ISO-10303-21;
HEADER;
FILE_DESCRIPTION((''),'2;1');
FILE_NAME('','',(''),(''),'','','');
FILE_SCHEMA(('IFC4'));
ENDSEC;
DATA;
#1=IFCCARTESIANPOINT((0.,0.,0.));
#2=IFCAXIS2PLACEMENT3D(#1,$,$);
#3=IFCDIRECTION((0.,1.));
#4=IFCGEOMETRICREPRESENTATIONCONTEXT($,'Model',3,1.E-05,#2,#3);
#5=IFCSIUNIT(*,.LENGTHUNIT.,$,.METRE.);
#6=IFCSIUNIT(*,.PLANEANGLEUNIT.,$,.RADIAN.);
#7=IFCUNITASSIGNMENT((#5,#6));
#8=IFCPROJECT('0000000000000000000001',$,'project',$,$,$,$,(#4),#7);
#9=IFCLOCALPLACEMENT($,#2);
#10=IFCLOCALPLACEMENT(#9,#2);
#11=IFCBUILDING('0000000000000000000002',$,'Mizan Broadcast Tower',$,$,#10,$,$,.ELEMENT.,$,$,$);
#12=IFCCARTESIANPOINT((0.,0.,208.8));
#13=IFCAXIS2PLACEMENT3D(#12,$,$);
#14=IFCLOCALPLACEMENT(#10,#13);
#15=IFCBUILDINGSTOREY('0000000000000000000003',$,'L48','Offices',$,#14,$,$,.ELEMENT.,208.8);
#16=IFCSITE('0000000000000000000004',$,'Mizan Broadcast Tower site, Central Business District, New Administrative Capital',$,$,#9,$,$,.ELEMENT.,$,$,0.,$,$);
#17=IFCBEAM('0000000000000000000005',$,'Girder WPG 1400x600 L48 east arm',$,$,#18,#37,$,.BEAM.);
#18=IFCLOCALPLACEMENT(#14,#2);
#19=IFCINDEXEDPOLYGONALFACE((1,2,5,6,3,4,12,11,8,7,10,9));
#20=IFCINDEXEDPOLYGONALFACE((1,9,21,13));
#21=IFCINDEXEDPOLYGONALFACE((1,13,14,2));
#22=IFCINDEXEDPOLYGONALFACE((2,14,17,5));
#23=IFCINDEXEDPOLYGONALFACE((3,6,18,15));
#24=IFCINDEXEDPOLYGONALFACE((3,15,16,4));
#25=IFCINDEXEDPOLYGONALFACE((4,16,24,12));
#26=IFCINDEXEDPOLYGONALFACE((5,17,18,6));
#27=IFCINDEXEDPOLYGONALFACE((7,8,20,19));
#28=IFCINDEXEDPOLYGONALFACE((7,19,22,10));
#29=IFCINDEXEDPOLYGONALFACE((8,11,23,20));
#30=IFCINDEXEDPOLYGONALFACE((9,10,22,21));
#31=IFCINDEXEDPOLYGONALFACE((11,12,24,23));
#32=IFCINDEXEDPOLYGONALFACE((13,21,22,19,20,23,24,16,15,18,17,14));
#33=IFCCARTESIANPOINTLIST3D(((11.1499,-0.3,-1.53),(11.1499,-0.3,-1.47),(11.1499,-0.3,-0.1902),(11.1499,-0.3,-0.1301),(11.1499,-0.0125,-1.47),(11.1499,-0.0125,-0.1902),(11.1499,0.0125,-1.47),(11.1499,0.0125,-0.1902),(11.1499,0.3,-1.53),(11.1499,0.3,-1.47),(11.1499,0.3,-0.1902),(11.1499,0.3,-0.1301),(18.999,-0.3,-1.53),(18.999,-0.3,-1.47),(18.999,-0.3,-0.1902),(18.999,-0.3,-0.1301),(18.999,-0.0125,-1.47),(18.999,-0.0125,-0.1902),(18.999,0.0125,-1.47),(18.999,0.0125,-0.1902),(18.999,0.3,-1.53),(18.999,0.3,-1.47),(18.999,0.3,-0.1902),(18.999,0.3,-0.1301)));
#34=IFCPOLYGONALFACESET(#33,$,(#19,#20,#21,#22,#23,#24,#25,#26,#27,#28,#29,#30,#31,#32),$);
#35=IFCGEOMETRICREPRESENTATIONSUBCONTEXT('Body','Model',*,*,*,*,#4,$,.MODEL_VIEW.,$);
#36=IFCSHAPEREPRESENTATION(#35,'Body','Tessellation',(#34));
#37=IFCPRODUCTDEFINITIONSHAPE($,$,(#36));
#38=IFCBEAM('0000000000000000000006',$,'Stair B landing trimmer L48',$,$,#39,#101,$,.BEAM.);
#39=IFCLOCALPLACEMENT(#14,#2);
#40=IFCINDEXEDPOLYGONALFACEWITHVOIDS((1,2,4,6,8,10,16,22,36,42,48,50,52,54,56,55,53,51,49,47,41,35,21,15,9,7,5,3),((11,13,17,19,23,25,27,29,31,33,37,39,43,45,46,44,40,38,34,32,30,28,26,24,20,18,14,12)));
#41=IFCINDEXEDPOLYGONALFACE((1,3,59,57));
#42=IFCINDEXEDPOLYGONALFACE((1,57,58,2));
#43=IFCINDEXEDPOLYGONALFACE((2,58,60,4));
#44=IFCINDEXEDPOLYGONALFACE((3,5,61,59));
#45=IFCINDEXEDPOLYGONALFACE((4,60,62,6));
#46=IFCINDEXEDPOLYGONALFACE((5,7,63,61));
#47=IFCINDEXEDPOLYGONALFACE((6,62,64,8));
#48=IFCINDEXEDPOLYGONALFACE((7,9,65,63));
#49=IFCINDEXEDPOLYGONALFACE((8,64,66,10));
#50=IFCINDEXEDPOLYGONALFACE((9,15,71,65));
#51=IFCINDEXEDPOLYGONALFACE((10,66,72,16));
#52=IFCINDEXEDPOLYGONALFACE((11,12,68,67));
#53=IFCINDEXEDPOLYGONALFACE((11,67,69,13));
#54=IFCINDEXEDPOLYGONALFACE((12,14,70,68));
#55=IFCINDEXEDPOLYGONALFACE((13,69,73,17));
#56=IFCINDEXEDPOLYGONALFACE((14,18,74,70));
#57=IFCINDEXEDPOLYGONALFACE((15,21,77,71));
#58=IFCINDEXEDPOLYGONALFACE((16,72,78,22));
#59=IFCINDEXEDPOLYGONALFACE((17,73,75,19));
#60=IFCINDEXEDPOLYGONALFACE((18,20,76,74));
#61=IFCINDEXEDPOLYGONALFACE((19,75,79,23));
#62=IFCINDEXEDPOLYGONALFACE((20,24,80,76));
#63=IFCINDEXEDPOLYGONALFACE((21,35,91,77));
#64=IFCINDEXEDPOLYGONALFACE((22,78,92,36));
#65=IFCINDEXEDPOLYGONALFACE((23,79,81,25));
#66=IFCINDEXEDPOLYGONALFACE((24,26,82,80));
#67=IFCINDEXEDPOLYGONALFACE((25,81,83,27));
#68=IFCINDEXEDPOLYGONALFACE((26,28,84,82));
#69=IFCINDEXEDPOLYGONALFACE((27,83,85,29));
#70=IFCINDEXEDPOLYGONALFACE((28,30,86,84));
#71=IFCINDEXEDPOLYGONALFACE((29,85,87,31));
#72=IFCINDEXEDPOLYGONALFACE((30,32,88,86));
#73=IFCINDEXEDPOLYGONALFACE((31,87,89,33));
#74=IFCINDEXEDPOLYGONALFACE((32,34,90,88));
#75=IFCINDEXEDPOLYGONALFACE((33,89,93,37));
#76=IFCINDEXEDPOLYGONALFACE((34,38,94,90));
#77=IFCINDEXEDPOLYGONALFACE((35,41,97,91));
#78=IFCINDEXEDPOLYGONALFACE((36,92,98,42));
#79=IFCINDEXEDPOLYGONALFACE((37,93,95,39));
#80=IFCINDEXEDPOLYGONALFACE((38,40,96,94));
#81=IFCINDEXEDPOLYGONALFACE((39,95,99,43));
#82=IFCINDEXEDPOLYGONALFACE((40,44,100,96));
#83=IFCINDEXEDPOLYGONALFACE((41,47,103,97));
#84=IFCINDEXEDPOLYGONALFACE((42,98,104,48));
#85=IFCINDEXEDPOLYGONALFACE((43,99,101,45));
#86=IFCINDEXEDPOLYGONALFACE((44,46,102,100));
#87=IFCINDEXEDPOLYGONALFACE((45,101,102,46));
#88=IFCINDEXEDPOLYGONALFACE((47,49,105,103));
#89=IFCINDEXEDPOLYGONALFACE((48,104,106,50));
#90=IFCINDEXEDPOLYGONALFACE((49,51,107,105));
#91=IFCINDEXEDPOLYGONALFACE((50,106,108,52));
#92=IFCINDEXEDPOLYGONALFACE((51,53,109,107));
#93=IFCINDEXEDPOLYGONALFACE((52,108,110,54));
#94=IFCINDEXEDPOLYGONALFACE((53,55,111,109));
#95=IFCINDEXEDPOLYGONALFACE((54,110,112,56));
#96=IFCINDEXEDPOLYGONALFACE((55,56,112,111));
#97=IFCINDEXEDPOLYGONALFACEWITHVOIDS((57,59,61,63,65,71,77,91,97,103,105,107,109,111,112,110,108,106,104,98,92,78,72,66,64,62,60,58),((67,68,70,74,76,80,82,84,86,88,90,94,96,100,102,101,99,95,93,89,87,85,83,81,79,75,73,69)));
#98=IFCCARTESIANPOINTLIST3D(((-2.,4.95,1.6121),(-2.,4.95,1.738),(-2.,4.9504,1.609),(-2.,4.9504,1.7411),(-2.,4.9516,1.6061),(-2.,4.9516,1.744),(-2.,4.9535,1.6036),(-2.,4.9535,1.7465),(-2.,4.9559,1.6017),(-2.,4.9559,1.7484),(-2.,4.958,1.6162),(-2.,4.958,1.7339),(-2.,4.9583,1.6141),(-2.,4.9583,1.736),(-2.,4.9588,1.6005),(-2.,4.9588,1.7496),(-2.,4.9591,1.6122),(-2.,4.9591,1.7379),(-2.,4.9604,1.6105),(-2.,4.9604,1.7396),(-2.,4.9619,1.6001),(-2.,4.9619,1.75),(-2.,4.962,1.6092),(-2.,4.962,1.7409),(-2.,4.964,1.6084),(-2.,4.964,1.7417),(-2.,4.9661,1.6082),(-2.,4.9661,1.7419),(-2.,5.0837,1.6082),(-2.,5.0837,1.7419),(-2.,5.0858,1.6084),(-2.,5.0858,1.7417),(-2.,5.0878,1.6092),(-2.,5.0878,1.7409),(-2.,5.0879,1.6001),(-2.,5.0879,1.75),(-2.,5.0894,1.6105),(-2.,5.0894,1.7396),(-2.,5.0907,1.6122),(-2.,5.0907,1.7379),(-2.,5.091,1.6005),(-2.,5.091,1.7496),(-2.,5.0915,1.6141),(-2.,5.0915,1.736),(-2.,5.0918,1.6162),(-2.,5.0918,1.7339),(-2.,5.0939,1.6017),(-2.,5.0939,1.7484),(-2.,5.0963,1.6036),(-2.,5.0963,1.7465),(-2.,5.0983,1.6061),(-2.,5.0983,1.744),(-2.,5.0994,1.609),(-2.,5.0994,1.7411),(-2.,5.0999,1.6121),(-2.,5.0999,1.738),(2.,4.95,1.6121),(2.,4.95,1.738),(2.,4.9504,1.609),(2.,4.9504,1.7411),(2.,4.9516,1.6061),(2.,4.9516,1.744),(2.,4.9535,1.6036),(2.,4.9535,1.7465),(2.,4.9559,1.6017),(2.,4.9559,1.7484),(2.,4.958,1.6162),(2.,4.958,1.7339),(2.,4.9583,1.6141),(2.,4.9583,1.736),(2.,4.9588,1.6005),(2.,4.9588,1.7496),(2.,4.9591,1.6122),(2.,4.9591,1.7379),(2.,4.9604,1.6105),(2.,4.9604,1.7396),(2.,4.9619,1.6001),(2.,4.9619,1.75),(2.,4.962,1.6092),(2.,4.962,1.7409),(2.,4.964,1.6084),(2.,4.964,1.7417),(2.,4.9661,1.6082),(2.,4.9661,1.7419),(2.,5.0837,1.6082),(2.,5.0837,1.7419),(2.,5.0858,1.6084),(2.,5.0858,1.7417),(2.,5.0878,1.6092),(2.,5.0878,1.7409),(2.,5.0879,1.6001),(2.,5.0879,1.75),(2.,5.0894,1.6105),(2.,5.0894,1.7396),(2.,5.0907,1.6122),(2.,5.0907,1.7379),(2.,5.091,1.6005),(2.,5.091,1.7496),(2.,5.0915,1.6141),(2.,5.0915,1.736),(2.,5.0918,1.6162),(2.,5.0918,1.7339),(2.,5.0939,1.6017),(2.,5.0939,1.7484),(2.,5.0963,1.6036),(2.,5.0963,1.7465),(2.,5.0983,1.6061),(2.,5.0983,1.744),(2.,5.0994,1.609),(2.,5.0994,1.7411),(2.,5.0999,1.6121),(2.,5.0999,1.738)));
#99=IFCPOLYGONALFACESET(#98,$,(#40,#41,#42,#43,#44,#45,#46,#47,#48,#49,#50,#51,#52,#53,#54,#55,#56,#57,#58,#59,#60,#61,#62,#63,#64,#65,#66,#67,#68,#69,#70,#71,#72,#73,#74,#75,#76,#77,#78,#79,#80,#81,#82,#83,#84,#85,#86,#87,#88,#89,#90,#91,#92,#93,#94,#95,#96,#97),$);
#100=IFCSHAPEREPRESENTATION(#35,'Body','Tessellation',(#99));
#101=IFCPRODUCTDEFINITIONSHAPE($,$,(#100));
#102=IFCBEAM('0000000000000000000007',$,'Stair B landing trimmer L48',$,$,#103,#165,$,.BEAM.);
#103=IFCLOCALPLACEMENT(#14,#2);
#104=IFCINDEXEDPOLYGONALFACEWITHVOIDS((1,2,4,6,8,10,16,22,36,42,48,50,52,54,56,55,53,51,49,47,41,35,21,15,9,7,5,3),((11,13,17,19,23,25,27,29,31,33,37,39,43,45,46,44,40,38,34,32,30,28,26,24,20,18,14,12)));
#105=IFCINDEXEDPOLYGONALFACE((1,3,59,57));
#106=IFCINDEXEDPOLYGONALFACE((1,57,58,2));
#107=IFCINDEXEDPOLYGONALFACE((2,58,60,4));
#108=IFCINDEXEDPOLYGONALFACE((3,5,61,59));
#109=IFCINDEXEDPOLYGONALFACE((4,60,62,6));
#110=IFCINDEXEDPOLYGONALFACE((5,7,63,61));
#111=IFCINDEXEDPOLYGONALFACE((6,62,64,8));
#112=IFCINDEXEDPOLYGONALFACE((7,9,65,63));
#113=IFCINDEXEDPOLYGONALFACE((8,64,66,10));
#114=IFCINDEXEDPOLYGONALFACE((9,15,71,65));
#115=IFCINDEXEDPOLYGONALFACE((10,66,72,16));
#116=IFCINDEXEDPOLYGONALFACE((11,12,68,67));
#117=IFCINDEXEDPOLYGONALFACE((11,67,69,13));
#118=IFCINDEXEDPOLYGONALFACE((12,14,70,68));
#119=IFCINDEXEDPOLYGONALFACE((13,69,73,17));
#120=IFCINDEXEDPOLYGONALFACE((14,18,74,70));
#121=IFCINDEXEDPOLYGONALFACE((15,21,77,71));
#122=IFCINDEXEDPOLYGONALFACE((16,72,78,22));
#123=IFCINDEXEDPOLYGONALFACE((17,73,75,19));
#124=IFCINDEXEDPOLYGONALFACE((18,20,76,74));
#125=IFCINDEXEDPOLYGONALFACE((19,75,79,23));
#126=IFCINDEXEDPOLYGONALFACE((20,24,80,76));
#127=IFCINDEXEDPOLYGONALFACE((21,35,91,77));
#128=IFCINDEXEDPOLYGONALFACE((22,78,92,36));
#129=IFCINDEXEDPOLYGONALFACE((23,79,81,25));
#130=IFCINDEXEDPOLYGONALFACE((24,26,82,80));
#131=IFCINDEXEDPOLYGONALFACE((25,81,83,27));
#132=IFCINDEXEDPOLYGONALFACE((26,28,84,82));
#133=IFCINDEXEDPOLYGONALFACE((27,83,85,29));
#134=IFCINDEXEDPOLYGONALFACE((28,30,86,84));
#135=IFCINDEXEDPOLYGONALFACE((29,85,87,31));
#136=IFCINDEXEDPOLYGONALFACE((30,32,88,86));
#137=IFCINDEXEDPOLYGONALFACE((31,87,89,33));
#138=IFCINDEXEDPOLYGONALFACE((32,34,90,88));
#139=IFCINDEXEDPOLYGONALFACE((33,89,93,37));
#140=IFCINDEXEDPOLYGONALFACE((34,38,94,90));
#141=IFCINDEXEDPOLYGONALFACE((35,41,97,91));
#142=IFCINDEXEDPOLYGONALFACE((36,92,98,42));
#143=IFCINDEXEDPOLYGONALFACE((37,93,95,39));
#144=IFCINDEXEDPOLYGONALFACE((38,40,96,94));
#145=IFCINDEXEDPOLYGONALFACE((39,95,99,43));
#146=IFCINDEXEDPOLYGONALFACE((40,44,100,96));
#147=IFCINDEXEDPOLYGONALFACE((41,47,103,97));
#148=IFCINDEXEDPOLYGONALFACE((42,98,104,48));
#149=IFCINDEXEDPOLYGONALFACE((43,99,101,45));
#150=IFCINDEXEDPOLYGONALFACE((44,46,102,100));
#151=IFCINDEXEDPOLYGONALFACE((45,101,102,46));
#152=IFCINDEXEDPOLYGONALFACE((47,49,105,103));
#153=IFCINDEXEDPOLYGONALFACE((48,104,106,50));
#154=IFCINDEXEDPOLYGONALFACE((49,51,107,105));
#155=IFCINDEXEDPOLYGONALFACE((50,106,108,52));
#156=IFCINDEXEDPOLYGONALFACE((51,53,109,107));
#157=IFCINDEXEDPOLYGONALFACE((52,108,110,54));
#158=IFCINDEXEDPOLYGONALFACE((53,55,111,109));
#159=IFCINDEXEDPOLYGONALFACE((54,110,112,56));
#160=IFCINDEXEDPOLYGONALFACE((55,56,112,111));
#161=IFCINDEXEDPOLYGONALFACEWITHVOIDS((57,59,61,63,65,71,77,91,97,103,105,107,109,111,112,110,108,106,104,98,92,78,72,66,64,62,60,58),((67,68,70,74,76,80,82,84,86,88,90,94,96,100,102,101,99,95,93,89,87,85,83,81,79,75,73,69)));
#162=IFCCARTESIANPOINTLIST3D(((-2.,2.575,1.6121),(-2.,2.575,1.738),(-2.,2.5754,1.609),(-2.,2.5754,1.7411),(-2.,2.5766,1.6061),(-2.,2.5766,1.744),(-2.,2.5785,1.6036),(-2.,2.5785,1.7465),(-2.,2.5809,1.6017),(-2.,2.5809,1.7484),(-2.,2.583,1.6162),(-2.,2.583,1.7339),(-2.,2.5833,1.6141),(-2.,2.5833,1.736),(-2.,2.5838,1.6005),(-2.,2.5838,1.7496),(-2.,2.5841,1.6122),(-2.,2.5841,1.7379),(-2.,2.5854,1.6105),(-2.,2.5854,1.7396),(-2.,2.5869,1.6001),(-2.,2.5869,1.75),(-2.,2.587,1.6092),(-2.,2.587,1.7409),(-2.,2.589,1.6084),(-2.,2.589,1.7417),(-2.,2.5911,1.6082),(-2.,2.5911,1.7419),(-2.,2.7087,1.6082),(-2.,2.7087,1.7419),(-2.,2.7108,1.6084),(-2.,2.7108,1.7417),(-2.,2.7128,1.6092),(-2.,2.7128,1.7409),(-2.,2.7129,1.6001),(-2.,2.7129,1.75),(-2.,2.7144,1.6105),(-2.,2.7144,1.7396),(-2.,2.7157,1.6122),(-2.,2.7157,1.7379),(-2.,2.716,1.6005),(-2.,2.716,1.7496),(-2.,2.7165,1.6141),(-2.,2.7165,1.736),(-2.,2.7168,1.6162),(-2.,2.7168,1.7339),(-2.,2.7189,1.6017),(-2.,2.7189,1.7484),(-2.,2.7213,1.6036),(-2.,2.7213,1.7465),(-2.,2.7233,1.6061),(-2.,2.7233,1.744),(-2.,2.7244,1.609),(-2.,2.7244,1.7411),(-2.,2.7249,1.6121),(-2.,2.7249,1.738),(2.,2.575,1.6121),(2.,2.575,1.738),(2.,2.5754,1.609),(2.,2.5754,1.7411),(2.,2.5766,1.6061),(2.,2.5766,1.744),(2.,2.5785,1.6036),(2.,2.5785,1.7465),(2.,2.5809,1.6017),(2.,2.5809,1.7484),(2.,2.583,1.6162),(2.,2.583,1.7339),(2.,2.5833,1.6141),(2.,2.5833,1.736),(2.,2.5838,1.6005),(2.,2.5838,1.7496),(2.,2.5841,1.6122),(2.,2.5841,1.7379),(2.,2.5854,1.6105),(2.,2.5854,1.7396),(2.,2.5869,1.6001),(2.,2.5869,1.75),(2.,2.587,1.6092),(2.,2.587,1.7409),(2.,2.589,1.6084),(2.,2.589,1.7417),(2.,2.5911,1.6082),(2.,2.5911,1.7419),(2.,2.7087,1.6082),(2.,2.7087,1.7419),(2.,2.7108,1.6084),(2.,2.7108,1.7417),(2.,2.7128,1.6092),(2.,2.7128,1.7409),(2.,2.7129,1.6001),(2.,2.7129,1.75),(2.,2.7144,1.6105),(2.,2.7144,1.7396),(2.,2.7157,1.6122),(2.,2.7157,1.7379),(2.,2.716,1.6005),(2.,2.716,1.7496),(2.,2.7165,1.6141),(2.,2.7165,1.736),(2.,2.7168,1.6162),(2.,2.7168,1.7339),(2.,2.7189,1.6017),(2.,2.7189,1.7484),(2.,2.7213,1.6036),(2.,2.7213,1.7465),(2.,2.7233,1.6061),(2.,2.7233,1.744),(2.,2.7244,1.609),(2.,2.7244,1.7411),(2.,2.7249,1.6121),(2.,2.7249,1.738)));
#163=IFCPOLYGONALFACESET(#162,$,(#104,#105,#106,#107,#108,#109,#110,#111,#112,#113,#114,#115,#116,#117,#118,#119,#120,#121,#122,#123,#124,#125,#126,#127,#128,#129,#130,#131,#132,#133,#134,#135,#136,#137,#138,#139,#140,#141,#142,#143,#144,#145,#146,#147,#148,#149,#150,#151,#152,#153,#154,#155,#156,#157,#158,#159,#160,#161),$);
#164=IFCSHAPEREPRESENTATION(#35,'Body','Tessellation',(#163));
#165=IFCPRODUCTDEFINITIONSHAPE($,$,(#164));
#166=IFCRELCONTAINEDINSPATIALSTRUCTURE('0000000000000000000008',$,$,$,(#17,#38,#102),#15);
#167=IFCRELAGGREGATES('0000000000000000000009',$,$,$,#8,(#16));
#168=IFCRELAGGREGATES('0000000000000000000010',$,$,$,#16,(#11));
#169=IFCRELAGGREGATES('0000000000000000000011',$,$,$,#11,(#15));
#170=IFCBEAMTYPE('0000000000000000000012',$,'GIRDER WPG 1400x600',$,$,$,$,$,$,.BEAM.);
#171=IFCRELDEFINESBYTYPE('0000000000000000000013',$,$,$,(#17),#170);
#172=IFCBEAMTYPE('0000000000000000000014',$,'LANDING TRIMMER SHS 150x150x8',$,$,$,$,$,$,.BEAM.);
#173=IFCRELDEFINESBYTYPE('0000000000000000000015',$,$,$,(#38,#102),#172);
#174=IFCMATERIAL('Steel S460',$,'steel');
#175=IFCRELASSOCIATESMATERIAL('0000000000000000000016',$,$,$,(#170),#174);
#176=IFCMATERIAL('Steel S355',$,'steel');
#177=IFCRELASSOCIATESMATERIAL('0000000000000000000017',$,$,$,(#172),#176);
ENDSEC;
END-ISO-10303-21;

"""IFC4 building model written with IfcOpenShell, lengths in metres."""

from ifc_helpers import new_model, si_unit, direction, frame, origin, origin_2d, place, context, subcontext, project, spatial, hollow_rectangle, i_section, extrude, material, material_profile, profile_set, type_object, element, save


model = new_model("IFC4")

# Units and contexts
model_context = context("Model", 3, precision=1e-05, world=origin(), true_north=direction((0.0, 1.0)))
body_context = subcontext(model_context, "Body", "Model", "MODEL_VIEW")
ifc_project = project(units=[si_unit("LENGTHUNIT", "METRE"), si_unit("PLANEANGLEUNIT", "RADIAN")], contexts=[model_context])

# Site, building, storey
site_placement = place(None, origin())
site = spatial("IfcSite", under=ifc_project, at=site_placement, Name="Mizan Broadcast Tower site, Central Business District, New Administrative Capital", CompositionType="ELEMENT", RefElevation=0.0)
building_placement = place(site_placement, origin())
building = spatial("IfcBuilding", under=site, at=building_placement, Name="Mizan Broadcast Tower", CompositionType="ELEMENT")
storey_placement = place(building_placement, frame((0.0, 0.0, 208.8)))
storey = spatial("IfcBuildingStorey", under=building, at=storey_placement, Name="L48", Description="Offices", CompositionType="ELEMENT", Elevation=208.8)

# Beams
ifc_material_1 = material(Name="Steel S460", Category="steel")
ifc_material_profile_1 = material_profile(ifc_material_1, i_section(OverallWidth=0.6001, OverallDepth=1.3999, WebThickness=0.0249, FlangeThickness=0.0601, at=origin_2d()), Name="WPG 1400x600")
ifc_profile_set_1 = profile_set([ifc_material_profile_1], Name="Steel S460")
beam_type_1 = type_object("IfcBeamType", Name="GIRDER WPG 1400x600", PredefinedType="BEAM", material=ifc_profile_set_1)
beam_placement = place(storey_placement, frame((11.1499, 0.0, -0.8301), z_axis=(1.0, 0.0, 0.0), x_axis=(0.0, 1.0, 0.0)))
element("IfcBeam", 1, at=beam_placement, inside=storey, type_object=beam_type_1, Name="Girder WPG 1400x600 L48 east arm", PredefinedType="BEAM", context=body_context, shape_type="SweptSolid", body=[
    extrude(i_section(OverallWidth=0.6001, OverallDepth=1.3999, WebThickness=0.0249, FlangeThickness=0.0601, at=origin_2d()), origin(), (0.0, 0.0, 1.0), 7.8491),
])
ifc_material_2 = material(Name="Steel S355", Category="steel")
ifc_material_profile_2 = material_profile(ifc_material_2, hollow_rectangle(XDim=0.1499, YDim=0.1499, WallThickness=0.0081, InnerFilletRadius=0.0081, OuterFilletRadius=0.012, at=origin_2d()), Name="SHS 150x150x8")
ifc_profile_set_2 = profile_set([ifc_material_profile_2], Name="Steel S355")
beam_type_2 = type_object("IfcBeamType", Name="LANDING TRIMMER SHS 150x150x8", PredefinedType="BEAM", material=ifc_profile_set_2)
for number, where, z_axis, x_axis, name in (
    (2, (2.0, 5.0249, 1.675), (-1.0, 0.0, 0.0), (0.0, -1.0, 0.0), "Stair B landing trimmer L48"),
    (3, (2.0, 2.6499, 1.675), (-1.0, 0.0, 0.0), (0.0, -1.0, 0.0), "Stair B landing trimmer L48"),
):
    element("IfcBeam", number, at=place(storey_placement, frame(where, z_axis=z_axis, x_axis=x_axis)), inside=storey, type_object=beam_type_2, Name=name, PredefinedType="BEAM", context=body_context, shape_type="SweptSolid", body=[
        extrude(hollow_rectangle(XDim=0.1499, YDim=0.1499, WallThickness=0.0081, InnerFilletRadius=0.0081, OuterFilletRadius=0.012, at=origin_2d()), origin(), (0.0, 0.0, 1.0), 4.0),
    ])

save(model, "model.ifc")
